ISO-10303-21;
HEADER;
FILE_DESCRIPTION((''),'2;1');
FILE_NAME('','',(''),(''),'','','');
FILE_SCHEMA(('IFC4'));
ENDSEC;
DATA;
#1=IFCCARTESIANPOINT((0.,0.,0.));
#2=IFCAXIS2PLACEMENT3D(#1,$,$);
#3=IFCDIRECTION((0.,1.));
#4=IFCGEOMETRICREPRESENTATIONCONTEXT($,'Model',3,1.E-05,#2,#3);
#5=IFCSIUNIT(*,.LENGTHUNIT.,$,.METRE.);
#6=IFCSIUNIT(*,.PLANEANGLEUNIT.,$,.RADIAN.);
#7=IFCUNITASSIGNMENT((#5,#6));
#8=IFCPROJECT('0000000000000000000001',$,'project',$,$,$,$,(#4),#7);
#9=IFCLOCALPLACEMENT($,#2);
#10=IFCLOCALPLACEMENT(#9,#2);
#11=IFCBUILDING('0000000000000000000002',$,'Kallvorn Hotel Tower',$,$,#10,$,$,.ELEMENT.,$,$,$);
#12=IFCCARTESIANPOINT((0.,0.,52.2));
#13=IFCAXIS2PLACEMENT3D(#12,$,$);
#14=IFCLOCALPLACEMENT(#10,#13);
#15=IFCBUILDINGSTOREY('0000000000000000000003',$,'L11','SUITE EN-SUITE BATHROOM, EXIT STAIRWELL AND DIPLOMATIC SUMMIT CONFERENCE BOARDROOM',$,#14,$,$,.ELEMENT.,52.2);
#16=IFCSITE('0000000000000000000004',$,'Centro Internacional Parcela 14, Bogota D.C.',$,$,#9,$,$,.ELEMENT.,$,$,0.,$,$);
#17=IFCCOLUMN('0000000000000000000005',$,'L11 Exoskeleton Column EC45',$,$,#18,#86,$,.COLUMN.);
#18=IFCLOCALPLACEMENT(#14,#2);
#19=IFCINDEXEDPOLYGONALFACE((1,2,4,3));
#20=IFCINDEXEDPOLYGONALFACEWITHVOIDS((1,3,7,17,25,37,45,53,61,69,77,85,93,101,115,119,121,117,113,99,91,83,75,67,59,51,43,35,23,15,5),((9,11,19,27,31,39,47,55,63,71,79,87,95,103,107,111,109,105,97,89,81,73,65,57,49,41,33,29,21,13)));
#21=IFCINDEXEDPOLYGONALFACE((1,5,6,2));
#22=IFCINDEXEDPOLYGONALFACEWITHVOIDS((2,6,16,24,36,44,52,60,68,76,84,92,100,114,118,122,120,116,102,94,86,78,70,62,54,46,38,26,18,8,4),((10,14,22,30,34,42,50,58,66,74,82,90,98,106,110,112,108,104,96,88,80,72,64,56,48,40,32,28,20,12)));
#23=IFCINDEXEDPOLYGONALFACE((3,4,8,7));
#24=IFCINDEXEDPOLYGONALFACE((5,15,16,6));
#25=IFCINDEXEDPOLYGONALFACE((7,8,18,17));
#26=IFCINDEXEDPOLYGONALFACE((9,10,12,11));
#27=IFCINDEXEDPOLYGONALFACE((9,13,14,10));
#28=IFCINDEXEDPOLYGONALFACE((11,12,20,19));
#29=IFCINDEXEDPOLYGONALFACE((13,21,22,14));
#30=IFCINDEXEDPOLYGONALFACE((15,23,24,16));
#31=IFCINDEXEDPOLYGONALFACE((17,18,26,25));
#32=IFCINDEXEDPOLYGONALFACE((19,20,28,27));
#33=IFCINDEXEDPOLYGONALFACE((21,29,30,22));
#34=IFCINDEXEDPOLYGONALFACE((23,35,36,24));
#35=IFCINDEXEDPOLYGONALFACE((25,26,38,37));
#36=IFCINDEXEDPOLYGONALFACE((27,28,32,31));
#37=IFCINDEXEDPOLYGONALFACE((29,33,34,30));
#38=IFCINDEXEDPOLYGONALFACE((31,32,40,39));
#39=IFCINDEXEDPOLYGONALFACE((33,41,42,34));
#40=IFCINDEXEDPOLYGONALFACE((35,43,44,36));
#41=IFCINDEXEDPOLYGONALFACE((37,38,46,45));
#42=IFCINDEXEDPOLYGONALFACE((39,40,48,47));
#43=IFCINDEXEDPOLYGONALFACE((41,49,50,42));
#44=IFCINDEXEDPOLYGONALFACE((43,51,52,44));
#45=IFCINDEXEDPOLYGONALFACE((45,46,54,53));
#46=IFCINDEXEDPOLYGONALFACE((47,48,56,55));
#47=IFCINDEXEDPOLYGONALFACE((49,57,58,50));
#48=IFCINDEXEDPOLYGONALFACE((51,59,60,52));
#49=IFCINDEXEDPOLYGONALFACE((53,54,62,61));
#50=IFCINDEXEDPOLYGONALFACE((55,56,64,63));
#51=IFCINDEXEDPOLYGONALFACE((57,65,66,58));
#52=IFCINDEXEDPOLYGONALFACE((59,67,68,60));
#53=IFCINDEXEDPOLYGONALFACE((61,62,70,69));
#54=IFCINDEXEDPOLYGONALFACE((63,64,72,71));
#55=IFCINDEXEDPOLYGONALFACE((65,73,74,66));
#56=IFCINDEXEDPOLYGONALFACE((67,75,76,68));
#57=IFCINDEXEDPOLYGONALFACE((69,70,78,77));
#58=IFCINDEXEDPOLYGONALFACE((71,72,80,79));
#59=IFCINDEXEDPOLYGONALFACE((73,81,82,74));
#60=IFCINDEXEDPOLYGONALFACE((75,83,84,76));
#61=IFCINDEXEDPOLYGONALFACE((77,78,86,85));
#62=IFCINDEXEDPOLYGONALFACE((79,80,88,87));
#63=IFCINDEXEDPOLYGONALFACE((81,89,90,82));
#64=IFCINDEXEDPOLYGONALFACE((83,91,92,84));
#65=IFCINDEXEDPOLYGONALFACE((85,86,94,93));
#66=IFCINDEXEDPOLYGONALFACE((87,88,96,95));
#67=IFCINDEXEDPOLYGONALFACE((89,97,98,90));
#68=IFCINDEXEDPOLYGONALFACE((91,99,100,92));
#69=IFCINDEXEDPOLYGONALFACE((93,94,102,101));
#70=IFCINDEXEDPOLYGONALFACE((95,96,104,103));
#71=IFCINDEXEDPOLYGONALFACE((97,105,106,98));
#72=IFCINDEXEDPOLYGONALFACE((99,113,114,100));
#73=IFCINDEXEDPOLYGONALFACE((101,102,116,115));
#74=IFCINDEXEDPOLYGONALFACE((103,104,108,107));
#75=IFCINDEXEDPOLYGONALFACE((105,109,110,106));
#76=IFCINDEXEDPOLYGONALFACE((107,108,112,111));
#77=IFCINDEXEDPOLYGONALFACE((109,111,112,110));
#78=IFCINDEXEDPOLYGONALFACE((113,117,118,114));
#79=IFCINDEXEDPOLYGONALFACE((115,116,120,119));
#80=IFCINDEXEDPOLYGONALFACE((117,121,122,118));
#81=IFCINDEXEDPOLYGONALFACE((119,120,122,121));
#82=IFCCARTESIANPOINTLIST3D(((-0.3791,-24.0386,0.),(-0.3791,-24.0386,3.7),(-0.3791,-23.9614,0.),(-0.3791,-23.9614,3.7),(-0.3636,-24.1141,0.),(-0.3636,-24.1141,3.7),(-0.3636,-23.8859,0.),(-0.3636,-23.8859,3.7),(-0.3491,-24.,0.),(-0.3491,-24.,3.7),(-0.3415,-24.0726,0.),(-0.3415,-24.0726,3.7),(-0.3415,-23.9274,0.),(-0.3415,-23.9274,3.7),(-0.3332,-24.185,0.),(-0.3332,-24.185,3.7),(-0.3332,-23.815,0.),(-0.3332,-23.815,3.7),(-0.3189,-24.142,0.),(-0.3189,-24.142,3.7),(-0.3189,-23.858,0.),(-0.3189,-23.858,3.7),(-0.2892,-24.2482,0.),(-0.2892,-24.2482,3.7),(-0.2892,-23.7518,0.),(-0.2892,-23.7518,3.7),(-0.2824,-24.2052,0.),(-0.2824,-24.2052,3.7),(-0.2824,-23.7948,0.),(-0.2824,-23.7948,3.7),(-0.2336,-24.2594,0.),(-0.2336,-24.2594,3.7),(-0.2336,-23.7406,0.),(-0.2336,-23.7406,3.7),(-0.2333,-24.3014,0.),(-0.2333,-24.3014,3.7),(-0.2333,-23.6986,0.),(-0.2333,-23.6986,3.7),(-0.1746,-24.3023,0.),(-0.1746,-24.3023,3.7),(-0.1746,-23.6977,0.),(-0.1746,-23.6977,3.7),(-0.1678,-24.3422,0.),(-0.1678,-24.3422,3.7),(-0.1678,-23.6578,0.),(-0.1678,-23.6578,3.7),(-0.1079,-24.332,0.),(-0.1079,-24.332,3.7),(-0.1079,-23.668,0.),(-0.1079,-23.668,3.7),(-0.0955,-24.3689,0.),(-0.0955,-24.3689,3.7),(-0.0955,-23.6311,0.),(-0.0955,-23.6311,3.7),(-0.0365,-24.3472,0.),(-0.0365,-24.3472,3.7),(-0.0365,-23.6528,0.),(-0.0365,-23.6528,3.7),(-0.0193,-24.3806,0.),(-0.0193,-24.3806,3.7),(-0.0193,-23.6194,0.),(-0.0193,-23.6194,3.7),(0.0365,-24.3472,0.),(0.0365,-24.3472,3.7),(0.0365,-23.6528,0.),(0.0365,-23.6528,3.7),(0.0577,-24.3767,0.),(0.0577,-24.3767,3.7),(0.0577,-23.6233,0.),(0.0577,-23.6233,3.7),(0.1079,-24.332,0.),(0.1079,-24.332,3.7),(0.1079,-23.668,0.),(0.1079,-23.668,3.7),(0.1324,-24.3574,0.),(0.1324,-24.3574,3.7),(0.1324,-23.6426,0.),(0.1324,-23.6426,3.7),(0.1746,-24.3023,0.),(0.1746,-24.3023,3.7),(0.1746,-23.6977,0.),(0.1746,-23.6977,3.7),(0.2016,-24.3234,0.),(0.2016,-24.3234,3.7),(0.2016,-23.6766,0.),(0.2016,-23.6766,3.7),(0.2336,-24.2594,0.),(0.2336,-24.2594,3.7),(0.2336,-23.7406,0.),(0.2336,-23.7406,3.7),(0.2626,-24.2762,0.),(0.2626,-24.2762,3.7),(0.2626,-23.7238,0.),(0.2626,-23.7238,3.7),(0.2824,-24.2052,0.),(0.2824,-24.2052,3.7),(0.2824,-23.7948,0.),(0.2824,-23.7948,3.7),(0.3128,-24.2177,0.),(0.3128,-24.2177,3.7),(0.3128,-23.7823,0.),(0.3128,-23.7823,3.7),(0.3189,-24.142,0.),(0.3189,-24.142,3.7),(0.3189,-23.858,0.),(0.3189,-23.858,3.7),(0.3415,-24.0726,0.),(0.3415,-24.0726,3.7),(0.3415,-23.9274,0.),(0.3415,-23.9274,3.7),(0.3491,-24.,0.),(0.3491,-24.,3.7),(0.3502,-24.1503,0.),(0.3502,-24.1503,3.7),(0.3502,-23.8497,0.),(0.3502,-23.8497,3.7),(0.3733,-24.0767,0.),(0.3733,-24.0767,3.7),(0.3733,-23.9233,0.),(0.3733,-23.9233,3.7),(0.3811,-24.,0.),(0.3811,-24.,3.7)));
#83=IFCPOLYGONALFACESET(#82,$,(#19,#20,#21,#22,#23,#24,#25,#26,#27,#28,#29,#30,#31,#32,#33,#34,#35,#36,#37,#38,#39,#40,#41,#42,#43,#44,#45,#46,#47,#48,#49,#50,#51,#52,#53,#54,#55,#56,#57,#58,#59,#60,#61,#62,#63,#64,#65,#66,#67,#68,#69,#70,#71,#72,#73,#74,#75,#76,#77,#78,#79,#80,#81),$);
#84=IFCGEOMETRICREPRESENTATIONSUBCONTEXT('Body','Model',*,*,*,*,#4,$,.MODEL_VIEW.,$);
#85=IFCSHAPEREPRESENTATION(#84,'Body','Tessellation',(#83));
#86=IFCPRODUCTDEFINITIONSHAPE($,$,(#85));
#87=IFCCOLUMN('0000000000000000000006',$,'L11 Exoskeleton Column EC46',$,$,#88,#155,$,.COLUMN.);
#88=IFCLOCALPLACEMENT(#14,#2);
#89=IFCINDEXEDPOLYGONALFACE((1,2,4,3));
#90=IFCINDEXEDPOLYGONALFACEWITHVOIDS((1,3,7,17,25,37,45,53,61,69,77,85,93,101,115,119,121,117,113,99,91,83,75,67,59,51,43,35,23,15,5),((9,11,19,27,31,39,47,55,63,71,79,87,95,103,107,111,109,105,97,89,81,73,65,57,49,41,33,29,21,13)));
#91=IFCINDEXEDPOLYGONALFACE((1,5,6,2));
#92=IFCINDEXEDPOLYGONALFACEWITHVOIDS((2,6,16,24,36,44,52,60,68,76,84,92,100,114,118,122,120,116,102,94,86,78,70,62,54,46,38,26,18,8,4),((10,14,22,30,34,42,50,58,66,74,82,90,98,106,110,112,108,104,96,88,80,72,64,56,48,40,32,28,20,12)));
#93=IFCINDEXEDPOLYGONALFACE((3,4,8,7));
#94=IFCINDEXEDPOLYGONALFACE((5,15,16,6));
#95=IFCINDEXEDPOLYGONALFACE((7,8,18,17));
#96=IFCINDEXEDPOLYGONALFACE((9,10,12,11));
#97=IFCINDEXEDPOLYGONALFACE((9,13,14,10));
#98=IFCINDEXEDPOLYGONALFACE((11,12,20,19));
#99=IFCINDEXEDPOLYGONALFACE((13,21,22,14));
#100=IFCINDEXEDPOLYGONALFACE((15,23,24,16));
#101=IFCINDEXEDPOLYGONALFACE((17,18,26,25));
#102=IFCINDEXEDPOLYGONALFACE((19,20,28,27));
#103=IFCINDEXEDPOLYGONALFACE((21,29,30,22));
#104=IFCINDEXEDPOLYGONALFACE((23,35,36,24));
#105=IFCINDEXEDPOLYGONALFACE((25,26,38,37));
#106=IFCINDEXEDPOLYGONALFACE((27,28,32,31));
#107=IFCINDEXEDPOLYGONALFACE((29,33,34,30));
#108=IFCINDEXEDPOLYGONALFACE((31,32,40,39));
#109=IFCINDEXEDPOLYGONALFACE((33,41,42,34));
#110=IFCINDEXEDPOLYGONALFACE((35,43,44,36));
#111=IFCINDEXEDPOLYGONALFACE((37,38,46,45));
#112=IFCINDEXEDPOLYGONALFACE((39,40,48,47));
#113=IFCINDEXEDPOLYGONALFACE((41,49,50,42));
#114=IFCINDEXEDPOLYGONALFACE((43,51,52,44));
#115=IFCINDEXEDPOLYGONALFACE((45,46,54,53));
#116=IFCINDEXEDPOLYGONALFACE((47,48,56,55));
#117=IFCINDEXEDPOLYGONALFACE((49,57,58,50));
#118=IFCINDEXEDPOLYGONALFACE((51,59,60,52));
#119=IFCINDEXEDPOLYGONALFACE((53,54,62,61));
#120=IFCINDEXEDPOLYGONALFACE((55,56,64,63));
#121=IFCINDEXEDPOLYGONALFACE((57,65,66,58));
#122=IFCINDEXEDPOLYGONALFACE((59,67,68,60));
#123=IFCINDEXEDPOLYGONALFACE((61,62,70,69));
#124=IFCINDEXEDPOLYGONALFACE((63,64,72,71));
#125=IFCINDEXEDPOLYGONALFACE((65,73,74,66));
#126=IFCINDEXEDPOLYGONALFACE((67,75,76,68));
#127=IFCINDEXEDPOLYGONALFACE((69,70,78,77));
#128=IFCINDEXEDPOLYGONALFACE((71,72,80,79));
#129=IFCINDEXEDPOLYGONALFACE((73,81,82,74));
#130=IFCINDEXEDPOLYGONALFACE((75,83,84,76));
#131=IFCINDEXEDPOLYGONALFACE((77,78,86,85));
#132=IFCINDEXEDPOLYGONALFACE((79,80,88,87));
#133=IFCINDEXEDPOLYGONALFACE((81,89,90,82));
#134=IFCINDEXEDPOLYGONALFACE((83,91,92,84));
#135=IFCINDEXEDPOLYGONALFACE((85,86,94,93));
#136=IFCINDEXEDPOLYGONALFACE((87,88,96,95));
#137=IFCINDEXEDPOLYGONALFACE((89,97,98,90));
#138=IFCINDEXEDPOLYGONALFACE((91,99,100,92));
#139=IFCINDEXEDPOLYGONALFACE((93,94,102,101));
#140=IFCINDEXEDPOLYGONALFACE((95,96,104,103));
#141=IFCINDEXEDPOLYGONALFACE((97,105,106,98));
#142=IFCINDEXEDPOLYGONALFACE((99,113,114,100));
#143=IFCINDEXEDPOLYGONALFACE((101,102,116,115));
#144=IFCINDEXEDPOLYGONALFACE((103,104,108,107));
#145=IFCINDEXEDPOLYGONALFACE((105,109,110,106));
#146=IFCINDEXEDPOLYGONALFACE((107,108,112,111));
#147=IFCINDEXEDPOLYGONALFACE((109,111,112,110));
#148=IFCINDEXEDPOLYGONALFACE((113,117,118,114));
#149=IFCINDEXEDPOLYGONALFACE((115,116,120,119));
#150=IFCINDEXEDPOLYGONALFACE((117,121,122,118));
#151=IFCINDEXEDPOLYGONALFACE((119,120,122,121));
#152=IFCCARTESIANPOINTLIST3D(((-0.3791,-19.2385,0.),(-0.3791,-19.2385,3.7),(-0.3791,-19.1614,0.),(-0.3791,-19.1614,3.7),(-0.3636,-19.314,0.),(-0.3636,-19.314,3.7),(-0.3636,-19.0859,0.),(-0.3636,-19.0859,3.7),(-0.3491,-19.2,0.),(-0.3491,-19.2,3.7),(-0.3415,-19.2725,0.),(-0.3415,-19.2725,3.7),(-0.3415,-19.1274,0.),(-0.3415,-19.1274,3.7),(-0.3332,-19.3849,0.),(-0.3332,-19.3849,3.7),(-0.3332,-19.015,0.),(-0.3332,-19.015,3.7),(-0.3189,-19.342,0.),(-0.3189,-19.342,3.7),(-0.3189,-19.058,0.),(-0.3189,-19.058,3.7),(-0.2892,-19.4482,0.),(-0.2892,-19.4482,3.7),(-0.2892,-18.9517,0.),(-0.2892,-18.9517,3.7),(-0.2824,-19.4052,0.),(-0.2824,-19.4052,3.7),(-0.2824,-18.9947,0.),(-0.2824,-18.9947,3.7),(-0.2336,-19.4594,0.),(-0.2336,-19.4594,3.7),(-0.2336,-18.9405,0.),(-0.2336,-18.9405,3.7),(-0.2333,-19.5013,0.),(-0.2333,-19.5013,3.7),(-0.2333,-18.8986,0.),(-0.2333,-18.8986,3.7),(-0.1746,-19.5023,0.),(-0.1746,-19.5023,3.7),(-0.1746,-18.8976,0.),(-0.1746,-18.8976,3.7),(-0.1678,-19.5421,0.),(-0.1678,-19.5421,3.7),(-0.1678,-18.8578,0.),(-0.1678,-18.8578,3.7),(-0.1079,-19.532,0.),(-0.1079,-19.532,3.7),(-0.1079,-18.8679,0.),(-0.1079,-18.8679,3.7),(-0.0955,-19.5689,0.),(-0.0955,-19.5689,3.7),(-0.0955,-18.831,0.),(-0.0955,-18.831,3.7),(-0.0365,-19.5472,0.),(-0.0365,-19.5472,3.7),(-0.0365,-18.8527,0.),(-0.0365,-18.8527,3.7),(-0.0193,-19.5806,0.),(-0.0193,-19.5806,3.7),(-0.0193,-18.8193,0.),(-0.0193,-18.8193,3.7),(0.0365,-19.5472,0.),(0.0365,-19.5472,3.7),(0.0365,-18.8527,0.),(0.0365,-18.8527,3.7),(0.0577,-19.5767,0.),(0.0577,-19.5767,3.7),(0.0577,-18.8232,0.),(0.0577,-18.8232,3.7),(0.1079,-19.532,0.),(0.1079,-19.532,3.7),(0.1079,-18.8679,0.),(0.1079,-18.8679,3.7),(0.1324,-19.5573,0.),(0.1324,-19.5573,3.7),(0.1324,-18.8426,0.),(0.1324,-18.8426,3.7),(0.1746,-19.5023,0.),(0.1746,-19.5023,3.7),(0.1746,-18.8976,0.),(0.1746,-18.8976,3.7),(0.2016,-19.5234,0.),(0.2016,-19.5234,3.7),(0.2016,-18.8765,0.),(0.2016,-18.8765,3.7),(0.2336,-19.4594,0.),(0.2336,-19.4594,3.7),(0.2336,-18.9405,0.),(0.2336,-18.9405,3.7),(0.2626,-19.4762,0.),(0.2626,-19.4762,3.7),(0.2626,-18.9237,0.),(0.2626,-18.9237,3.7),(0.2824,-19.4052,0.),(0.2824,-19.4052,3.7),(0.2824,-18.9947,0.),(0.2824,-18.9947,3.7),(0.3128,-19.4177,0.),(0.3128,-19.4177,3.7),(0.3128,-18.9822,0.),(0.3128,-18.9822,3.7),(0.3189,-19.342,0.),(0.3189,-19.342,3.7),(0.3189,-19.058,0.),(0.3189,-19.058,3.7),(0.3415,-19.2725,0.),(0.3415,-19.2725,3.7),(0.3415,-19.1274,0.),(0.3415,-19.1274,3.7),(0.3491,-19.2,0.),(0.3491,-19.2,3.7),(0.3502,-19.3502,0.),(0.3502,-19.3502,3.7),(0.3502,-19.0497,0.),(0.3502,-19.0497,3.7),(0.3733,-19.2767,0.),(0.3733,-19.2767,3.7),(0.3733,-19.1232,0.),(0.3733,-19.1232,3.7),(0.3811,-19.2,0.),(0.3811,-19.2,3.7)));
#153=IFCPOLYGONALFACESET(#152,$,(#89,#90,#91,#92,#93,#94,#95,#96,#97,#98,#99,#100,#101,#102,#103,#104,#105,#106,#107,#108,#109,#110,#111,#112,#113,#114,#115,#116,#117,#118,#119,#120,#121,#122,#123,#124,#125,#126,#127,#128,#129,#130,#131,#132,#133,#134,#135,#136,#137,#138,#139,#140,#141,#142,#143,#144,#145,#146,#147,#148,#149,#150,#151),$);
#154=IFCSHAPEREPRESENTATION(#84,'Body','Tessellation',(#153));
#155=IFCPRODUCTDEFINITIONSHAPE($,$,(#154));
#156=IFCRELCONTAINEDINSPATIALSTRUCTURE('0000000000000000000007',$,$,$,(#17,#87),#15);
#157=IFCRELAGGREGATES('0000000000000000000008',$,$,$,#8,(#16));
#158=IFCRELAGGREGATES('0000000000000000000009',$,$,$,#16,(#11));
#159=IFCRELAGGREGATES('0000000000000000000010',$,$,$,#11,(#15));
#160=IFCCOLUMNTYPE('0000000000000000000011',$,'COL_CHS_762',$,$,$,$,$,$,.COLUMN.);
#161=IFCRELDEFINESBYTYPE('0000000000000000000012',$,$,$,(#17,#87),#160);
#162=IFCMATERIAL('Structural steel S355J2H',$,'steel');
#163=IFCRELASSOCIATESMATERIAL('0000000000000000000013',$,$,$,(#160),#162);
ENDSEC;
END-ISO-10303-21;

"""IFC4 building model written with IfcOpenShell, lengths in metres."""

from ifc_helpers import new_model, si_unit, direction, frame, origin, origin_2d, place, context, subcontext, project, spatial, hollow_circle, extrude, material, material_profile, profile_set, type_object, element, save


model = new_model("IFC4")

# Units and contexts
model_context = context("Model", 3, precision=1e-05, world=origin(), true_north=direction((0.0, 1.0)))
body_context = subcontext(model_context, "Body", "Model", "MODEL_VIEW")
ifc_project = project(units=[si_unit("LENGTHUNIT", "METRE"), si_unit("PLANEANGLEUNIT", "RADIAN")], contexts=[model_context])

# Site, building, storey
site_placement = place(None, origin())
site = spatial("IfcSite", under=ifc_project, at=site_placement, Name="Centro Internacional Parcela 14, Bogota D.C.", CompositionType="ELEMENT", RefElevation=0.0)
building_placement = place(site_placement, origin())
building = spatial("IfcBuilding", under=site, at=building_placement, Name="Kallvorn Hotel Tower", CompositionType="ELEMENT")
storey_placement = place(building_placement, frame((0.0, 0.0, 52.2)))
storey = spatial("IfcBuildingStorey", under=building, at=storey_placement, Name="L11", Description="SUITE EN-SUITE BATHROOM, EXIT STAIRWELL AND DIPLOMATIC SUMMIT CONFERENCE BOARDROOM", CompositionType="ELEMENT", Elevation=52.2)

# Columns
ifc_material_1 = material(Name="Structural steel S355J2H", Category="steel")
ifc_material_profile_1 = material_profile(ifc_material_1, hollow_circle(Radius=0.3811, WallThickness=0.032, at=origin_2d()), Name="CHS 762x32")
ifc_profile_set_1 = profile_set([ifc_material_profile_1], Name="Structural steel S355J2H")
column_type_1 = type_object("IfcColumnType", Name="COL_CHS_762", PredefinedType="COLUMN", material=ifc_profile_set_1)
for number, where, z_axis, x_axis, name in (
    (1, (0.0, -24.0, 0.0), (0.0, 0.0, 1.0), (1.0, 0.0, 0.0), "L11 Exoskeleton Column EC45"),
    (2, (0.0, -19.2, 0.0), (0.0, 0.0, 1.0), (1.0, 0.0, 0.0), "L11 Exoskeleton Column EC46"),
):
    element("IfcColumn", number, at=place(storey_placement, frame(where, z_axis=z_axis, x_axis=x_axis)), inside=storey, type_object=column_type_1, Name=name, PredefinedType="COLUMN", context=body_context, shape_type="SweptSolid", body=[
        extrude(hollow_circle(Radius=0.3811, WallThickness=0.032, at=origin_2d()), origin(), (0.0, 0.0, 1.0), 3.7),
    ])

save(model, "model.ifc")
